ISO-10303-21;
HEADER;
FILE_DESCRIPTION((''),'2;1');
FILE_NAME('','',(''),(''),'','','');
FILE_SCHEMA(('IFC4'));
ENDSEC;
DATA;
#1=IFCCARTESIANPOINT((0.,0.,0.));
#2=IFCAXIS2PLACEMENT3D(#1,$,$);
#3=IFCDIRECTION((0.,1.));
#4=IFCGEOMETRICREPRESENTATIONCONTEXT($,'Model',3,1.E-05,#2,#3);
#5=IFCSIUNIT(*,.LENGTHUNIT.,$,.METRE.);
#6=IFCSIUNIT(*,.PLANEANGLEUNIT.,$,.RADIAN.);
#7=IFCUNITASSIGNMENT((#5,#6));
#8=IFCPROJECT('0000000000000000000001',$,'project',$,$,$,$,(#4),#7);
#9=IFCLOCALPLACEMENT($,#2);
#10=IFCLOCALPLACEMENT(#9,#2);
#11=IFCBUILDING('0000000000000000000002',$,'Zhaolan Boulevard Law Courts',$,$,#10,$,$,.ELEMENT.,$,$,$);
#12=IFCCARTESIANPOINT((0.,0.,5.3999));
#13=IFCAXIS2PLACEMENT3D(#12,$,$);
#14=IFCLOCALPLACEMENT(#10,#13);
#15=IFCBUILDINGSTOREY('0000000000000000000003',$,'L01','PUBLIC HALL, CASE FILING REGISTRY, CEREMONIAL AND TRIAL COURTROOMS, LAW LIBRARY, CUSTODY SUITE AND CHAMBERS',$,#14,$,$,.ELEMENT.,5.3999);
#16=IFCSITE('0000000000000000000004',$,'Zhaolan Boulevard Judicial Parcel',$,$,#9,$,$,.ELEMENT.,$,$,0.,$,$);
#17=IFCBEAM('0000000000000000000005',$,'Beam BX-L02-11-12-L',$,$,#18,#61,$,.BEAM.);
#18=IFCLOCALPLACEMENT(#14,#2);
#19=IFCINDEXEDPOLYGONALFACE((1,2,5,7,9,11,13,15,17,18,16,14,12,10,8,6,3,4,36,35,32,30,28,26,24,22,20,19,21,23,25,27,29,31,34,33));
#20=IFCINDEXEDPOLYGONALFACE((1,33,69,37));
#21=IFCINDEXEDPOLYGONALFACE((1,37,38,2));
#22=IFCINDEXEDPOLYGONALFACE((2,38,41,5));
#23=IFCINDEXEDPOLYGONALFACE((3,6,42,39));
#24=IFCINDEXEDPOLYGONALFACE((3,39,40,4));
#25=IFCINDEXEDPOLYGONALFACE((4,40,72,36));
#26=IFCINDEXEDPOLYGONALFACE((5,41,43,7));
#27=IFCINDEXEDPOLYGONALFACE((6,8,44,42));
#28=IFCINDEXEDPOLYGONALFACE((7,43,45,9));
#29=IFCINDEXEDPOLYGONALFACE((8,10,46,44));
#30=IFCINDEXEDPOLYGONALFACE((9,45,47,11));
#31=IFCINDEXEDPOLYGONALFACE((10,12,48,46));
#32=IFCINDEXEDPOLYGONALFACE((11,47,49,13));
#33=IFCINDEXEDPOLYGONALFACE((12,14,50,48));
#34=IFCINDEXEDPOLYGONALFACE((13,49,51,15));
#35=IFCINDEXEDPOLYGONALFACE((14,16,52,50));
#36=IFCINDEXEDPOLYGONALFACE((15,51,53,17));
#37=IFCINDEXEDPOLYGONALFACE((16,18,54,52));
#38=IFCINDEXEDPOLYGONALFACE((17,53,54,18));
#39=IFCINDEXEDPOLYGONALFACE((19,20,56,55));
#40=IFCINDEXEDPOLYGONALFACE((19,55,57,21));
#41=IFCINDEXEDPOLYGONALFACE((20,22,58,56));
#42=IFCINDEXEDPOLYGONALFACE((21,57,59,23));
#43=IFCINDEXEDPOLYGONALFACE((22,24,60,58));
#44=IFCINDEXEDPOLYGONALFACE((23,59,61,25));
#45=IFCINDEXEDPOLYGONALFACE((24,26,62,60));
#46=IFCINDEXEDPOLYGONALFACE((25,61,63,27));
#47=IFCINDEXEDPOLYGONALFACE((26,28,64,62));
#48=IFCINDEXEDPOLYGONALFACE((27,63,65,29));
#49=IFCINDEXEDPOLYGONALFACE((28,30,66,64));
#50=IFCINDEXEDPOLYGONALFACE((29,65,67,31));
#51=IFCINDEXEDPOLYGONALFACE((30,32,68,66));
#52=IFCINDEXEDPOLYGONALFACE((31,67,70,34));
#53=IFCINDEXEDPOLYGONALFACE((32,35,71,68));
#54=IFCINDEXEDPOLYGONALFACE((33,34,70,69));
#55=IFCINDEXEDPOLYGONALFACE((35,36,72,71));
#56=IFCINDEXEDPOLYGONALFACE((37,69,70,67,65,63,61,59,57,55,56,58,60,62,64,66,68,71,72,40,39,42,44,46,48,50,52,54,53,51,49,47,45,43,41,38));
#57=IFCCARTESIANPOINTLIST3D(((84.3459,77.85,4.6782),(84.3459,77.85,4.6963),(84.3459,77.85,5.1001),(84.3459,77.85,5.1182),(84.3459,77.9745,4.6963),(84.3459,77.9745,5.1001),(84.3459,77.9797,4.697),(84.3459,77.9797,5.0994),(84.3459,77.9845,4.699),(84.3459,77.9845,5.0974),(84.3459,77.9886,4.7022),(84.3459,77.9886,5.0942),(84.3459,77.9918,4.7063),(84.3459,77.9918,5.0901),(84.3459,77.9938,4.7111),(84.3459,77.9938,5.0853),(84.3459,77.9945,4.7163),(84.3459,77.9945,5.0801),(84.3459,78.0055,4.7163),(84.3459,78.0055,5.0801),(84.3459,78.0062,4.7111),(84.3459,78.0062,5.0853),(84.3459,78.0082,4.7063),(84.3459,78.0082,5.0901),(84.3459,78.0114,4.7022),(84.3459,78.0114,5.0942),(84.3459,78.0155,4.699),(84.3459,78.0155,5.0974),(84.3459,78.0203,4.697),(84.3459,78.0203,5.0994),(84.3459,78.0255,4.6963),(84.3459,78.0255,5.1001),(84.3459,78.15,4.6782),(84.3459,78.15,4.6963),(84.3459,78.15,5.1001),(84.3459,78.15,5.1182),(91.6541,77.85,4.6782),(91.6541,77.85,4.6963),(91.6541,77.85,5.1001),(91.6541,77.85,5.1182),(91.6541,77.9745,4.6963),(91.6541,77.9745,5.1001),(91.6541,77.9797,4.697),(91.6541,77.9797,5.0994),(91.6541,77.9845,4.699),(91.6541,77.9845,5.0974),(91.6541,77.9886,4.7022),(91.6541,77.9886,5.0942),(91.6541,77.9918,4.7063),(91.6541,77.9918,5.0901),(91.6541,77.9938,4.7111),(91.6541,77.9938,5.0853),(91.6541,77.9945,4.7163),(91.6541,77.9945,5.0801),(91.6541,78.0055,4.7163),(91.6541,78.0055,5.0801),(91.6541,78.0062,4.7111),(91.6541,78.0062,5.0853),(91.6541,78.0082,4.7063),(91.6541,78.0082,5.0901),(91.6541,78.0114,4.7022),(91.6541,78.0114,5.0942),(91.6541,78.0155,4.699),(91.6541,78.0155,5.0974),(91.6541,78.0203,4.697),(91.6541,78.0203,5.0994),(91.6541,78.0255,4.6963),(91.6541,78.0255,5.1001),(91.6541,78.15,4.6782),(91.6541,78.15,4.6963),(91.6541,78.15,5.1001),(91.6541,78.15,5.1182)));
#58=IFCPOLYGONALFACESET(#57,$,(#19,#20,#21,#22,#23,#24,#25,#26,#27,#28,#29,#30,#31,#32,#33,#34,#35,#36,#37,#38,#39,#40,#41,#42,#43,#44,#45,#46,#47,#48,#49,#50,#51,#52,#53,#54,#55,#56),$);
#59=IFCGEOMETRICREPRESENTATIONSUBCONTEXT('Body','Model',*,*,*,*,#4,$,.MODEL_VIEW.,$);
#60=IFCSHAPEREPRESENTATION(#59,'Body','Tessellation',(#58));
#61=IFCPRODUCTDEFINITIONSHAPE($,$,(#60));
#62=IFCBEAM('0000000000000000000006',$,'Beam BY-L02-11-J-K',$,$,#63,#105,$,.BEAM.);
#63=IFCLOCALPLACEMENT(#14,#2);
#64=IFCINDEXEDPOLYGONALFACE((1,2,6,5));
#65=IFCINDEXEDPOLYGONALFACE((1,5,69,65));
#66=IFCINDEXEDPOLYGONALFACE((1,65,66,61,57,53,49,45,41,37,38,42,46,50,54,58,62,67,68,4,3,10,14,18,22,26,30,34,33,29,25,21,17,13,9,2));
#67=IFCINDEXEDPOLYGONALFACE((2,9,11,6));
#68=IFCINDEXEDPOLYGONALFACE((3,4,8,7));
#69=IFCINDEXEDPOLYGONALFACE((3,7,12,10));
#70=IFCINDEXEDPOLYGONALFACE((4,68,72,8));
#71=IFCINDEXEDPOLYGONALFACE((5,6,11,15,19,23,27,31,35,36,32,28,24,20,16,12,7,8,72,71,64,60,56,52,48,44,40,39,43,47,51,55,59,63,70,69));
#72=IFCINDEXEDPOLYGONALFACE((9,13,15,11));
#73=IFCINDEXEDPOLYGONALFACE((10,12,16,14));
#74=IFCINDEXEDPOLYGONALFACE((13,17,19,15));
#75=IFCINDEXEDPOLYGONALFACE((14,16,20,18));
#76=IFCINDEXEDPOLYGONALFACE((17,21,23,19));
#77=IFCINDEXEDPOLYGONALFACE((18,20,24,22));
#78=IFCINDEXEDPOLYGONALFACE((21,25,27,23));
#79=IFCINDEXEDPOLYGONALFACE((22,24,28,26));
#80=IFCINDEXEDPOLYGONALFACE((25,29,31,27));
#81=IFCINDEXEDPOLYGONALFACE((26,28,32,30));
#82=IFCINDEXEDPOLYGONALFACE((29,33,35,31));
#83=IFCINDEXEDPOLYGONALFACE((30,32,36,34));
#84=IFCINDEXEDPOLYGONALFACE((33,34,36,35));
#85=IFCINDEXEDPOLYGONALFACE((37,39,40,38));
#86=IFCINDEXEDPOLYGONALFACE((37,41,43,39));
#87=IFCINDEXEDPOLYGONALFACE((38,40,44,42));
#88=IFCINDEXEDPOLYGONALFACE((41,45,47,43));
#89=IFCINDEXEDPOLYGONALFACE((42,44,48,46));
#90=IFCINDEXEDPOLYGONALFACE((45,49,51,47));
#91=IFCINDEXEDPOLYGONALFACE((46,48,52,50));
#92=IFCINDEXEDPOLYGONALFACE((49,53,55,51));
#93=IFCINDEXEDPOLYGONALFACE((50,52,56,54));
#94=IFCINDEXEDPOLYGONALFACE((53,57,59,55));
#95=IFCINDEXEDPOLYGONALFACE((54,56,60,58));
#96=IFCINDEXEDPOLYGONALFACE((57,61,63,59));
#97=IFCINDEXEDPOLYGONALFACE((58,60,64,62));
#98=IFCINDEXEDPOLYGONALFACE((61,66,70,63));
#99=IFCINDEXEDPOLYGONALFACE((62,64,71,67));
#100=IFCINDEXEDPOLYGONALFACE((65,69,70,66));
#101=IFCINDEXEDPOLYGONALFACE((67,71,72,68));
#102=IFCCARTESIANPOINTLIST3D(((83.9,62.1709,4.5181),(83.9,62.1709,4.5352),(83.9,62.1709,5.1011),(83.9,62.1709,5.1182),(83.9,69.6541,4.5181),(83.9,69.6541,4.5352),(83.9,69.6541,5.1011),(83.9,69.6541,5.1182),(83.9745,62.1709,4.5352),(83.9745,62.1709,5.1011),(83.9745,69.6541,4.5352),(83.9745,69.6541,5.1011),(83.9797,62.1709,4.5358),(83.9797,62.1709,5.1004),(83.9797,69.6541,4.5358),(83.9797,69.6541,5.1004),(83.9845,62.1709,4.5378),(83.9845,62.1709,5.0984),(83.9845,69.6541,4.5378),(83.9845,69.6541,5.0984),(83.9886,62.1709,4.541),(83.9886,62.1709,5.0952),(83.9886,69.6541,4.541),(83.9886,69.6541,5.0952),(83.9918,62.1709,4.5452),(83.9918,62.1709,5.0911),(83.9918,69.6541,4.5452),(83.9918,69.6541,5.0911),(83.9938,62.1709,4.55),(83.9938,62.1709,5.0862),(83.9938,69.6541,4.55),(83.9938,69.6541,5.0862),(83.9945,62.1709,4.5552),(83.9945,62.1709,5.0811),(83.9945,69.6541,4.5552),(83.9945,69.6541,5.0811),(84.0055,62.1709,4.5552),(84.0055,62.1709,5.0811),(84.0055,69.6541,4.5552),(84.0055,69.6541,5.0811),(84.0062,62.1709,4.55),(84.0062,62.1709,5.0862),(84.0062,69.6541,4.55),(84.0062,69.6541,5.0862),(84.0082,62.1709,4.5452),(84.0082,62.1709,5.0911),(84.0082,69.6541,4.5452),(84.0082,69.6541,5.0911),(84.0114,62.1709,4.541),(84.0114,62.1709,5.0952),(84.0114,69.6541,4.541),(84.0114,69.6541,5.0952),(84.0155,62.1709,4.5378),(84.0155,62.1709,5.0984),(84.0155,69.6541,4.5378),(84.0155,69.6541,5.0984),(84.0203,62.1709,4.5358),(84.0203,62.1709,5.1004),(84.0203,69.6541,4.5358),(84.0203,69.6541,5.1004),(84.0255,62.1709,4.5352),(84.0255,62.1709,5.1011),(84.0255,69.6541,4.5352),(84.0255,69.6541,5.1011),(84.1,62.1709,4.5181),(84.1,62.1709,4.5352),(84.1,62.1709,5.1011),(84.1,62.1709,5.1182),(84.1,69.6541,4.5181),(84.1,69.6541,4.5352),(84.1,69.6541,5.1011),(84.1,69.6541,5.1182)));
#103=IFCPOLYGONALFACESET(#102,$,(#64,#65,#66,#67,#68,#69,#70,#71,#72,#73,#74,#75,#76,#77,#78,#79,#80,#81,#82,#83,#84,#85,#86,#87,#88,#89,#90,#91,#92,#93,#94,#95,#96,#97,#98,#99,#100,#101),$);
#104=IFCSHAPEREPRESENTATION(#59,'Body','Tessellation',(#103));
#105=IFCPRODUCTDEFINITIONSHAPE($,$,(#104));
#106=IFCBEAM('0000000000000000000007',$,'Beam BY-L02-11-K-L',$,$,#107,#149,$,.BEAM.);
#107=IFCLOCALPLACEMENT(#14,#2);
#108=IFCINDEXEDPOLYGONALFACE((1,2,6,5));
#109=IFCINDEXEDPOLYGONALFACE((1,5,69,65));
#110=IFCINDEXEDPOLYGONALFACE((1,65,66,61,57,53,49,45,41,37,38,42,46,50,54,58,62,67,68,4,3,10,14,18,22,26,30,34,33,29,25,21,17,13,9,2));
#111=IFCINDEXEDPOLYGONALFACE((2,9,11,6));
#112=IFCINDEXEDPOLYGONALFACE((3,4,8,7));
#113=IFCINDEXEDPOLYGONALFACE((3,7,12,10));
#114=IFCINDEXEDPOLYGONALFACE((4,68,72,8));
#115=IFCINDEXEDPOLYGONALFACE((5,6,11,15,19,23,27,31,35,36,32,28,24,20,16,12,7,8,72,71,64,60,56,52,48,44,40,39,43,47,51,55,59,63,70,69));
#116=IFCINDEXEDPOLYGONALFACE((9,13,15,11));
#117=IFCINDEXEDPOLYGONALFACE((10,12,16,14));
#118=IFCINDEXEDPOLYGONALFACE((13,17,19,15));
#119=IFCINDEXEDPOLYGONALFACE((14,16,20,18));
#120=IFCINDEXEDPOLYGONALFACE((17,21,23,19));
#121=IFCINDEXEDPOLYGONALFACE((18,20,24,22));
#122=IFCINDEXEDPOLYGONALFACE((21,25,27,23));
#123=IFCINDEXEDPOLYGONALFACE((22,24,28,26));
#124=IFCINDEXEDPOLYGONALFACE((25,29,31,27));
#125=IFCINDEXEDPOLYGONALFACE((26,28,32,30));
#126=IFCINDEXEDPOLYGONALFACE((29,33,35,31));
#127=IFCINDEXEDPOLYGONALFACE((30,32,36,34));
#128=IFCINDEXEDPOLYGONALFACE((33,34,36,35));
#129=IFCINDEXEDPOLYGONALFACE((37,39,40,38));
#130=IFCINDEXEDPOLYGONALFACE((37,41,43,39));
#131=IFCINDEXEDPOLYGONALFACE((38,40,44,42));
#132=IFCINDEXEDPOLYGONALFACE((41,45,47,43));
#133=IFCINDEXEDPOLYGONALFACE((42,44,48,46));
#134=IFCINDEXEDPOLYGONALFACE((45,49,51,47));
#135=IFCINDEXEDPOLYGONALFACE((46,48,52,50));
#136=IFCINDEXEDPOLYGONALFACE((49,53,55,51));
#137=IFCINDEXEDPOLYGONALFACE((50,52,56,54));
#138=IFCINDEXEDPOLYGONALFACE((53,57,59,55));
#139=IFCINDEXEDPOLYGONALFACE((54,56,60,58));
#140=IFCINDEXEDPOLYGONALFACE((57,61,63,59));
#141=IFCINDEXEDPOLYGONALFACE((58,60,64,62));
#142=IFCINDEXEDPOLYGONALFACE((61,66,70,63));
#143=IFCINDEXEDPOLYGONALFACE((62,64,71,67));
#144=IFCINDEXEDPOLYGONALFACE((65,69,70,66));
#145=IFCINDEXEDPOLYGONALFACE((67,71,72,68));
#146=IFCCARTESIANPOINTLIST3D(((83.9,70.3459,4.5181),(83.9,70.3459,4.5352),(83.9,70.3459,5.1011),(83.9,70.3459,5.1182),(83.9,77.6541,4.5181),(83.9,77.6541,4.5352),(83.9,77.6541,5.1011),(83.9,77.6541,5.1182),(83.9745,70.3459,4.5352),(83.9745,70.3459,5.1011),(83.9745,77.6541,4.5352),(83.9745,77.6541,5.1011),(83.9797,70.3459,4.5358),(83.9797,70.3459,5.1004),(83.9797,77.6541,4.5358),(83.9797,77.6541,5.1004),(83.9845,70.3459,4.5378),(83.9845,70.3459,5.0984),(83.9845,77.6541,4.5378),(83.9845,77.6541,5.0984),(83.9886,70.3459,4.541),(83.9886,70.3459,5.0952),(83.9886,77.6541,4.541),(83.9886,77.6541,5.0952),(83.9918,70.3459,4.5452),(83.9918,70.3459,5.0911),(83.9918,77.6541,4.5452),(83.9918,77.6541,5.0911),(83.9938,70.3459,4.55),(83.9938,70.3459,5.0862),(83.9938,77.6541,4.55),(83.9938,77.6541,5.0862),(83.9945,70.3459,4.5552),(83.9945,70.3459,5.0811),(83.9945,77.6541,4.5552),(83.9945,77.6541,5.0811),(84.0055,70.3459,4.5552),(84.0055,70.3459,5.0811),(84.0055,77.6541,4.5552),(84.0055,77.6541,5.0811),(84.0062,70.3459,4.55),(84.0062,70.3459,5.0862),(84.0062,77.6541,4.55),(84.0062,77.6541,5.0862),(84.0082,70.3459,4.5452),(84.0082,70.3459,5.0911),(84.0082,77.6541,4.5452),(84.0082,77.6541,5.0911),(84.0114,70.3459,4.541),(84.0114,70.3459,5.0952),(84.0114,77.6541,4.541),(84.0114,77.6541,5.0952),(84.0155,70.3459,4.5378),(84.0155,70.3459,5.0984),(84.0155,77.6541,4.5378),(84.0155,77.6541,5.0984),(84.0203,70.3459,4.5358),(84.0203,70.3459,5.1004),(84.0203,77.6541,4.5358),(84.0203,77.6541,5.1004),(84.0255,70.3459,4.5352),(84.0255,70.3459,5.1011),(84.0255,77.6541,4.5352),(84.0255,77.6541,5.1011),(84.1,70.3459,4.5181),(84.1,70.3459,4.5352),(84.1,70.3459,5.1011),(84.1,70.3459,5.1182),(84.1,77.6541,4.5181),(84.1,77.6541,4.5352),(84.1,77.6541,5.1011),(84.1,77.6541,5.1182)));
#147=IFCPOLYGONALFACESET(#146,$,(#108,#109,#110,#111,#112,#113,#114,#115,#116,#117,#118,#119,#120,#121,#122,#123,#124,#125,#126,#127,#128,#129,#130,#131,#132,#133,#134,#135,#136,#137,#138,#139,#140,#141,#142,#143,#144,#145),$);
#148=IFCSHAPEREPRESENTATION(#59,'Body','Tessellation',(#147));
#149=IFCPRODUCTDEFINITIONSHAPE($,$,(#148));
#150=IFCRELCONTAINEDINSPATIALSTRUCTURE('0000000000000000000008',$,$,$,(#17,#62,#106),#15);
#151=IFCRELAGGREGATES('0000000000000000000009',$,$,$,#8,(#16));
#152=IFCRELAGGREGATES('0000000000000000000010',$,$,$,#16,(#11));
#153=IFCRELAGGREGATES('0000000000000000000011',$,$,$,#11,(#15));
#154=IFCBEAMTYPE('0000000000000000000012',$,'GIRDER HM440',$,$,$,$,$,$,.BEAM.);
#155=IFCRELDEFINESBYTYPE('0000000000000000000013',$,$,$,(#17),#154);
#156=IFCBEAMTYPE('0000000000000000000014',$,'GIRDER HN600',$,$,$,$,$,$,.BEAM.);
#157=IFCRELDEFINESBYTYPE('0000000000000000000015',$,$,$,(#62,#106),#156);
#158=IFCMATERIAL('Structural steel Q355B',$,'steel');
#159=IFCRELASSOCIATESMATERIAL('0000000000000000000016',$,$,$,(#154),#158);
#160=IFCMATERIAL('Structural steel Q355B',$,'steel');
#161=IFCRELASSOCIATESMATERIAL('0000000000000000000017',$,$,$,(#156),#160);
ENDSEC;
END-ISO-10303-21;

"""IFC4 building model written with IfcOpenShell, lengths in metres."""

from ifc_helpers import new_model, si_unit, direction, frame, origin, origin_2d, place, context, subcontext, project, spatial, i_section, extrude, material, material_profile, profile_set, type_object, element, save


model = new_model("IFC4")

# Units and contexts
model_context = context("Model", 3, precision=1e-05, world=origin(), true_north=direction((0.0, 1.0)))
body_context = subcontext(model_context, "Body", "Model", "MODEL_VIEW")
ifc_project = project(units=[si_unit("LENGTHUNIT", "METRE"), si_unit("PLANEANGLEUNIT", "RADIAN")], contexts=[model_context])

# Site, building, storey
site_placement = place(None, origin())
site = spatial("IfcSite", under=ifc_project, at=site_placement, Name="Zhaolan Boulevard Judicial Parcel", CompositionType="ELEMENT", RefElevation=0.0)
building_placement = place(site_placement, origin())
building = spatial("IfcBuilding", under=site, at=building_placement, Name="Zhaolan Boulevard Law Courts", CompositionType="ELEMENT")
storey_placement = place(building_placement, frame((0.0, 0.0, 5.3999)))
storey = spatial("IfcBuildingStorey", under=building, at=storey_placement, Name="L01", Description="PUBLIC HALL, CASE FILING REGISTRY, CEREMONIAL AND TRIAL COURTROOMS, LAW LIBRARY, CUSTODY SUITE AND CHAMBERS", CompositionType="ELEMENT", Elevation=5.3999)

# Beams
ifc_material_1 = material(Name="Structural steel Q355B", Category="steel")
ifc_material_profile_1 = material_profile(ifc_material_1, i_section(OverallWidth=0.3, OverallDepth=0.4399, WebThickness=0.011, FlangeThickness=0.0181, FilletRadius=0.02, at=origin_2d()), Name="HM440x300")
ifc_profile_set_1 = profile_set([ifc_material_profile_1], Name="Structural steel Q355B")
beam_type_1 = type_object("IfcBeamType", Name="GIRDER HM440", PredefinedType="BEAM", material=ifc_profile_set_1)
for number, where, z_axis, x_axis, name in (
    (1, (84.3459, 78.0, 4.8982), (1.0, 0.0, 0.0), (0.0, 1.0, 0.0), "Beam BX-L02-11-12-L"),
):
    element("IfcBeam", number, at=place(storey_placement, frame(where, z_axis=z_axis, x_axis=x_axis)), inside=storey, type_object=beam_type_1, Name=name, PredefinedType="BEAM", context=body_context, shape_type="SweptSolid", body=[
        extrude(i_section(OverallWidth=0.3, OverallDepth=0.4399, WebThickness=0.011, FlangeThickness=0.0181, FilletRadius=0.02, at=origin_2d()), origin(), (0.0, 0.0, 1.0), 7.3081),
    ])
ifc_material_2 = material(Name="Structural steel Q355B", Category="steel")
ifc_material_profile_2 = material_profile(ifc_material_2, i_section(OverallWidth=0.2, OverallDepth=0.6001, WebThickness=0.011, FlangeThickness=0.0171, FilletRadius=0.02, at=origin_2d()), Name="HN600x200")
ifc_profile_set_2 = profile_set([ifc_material_profile_2], Name="Structural steel Q355B")
beam_type_2 = type_object("IfcBeamType", Name="GIRDER HN600", PredefinedType="BEAM", material=ifc_profile_set_2)
beam_1_placement = place(storey_placement, frame((84.0, 62.1709, 4.8181), z_axis=(0.0, 1.0, 0.0), x_axis=(-1.0, 0.0, 0.0)))
element("IfcBeam", 2, at=beam_1_placement, inside=storey, type_object=beam_type_2, Name="Beam BY-L02-11-J-K", PredefinedType="BEAM", context=body_context, shape_type="SweptSolid", body=[
    extrude(i_section(OverallWidth=0.2, OverallDepth=0.6001, WebThickness=0.011, FlangeThickness=0.0171, FilletRadius=0.02, at=origin_2d()), origin(), (0.0, 0.0, 1.0), 7.4832),
])
beam_2_placement = place(storey_placement, frame((84.0, 70.3459, 4.8181), z_axis=(0.0, 1.0, 0.0), x_axis=(-1.0, 0.0, 0.0)))
element("IfcBeam", 3, at=beam_2_placement, inside=storey, type_object=beam_type_2, Name="Beam BY-L02-11-K-L", PredefinedType="BEAM", context=body_context, shape_type="SweptSolid", body=[
    extrude(i_section(OverallWidth=0.2, OverallDepth=0.6001, WebThickness=0.011, FlangeThickness=0.0171, FilletRadius=0.02, at=origin_2d()), origin(), (0.0, 0.0, 1.0), 7.3081),
])

save(model, "model.ifc")
